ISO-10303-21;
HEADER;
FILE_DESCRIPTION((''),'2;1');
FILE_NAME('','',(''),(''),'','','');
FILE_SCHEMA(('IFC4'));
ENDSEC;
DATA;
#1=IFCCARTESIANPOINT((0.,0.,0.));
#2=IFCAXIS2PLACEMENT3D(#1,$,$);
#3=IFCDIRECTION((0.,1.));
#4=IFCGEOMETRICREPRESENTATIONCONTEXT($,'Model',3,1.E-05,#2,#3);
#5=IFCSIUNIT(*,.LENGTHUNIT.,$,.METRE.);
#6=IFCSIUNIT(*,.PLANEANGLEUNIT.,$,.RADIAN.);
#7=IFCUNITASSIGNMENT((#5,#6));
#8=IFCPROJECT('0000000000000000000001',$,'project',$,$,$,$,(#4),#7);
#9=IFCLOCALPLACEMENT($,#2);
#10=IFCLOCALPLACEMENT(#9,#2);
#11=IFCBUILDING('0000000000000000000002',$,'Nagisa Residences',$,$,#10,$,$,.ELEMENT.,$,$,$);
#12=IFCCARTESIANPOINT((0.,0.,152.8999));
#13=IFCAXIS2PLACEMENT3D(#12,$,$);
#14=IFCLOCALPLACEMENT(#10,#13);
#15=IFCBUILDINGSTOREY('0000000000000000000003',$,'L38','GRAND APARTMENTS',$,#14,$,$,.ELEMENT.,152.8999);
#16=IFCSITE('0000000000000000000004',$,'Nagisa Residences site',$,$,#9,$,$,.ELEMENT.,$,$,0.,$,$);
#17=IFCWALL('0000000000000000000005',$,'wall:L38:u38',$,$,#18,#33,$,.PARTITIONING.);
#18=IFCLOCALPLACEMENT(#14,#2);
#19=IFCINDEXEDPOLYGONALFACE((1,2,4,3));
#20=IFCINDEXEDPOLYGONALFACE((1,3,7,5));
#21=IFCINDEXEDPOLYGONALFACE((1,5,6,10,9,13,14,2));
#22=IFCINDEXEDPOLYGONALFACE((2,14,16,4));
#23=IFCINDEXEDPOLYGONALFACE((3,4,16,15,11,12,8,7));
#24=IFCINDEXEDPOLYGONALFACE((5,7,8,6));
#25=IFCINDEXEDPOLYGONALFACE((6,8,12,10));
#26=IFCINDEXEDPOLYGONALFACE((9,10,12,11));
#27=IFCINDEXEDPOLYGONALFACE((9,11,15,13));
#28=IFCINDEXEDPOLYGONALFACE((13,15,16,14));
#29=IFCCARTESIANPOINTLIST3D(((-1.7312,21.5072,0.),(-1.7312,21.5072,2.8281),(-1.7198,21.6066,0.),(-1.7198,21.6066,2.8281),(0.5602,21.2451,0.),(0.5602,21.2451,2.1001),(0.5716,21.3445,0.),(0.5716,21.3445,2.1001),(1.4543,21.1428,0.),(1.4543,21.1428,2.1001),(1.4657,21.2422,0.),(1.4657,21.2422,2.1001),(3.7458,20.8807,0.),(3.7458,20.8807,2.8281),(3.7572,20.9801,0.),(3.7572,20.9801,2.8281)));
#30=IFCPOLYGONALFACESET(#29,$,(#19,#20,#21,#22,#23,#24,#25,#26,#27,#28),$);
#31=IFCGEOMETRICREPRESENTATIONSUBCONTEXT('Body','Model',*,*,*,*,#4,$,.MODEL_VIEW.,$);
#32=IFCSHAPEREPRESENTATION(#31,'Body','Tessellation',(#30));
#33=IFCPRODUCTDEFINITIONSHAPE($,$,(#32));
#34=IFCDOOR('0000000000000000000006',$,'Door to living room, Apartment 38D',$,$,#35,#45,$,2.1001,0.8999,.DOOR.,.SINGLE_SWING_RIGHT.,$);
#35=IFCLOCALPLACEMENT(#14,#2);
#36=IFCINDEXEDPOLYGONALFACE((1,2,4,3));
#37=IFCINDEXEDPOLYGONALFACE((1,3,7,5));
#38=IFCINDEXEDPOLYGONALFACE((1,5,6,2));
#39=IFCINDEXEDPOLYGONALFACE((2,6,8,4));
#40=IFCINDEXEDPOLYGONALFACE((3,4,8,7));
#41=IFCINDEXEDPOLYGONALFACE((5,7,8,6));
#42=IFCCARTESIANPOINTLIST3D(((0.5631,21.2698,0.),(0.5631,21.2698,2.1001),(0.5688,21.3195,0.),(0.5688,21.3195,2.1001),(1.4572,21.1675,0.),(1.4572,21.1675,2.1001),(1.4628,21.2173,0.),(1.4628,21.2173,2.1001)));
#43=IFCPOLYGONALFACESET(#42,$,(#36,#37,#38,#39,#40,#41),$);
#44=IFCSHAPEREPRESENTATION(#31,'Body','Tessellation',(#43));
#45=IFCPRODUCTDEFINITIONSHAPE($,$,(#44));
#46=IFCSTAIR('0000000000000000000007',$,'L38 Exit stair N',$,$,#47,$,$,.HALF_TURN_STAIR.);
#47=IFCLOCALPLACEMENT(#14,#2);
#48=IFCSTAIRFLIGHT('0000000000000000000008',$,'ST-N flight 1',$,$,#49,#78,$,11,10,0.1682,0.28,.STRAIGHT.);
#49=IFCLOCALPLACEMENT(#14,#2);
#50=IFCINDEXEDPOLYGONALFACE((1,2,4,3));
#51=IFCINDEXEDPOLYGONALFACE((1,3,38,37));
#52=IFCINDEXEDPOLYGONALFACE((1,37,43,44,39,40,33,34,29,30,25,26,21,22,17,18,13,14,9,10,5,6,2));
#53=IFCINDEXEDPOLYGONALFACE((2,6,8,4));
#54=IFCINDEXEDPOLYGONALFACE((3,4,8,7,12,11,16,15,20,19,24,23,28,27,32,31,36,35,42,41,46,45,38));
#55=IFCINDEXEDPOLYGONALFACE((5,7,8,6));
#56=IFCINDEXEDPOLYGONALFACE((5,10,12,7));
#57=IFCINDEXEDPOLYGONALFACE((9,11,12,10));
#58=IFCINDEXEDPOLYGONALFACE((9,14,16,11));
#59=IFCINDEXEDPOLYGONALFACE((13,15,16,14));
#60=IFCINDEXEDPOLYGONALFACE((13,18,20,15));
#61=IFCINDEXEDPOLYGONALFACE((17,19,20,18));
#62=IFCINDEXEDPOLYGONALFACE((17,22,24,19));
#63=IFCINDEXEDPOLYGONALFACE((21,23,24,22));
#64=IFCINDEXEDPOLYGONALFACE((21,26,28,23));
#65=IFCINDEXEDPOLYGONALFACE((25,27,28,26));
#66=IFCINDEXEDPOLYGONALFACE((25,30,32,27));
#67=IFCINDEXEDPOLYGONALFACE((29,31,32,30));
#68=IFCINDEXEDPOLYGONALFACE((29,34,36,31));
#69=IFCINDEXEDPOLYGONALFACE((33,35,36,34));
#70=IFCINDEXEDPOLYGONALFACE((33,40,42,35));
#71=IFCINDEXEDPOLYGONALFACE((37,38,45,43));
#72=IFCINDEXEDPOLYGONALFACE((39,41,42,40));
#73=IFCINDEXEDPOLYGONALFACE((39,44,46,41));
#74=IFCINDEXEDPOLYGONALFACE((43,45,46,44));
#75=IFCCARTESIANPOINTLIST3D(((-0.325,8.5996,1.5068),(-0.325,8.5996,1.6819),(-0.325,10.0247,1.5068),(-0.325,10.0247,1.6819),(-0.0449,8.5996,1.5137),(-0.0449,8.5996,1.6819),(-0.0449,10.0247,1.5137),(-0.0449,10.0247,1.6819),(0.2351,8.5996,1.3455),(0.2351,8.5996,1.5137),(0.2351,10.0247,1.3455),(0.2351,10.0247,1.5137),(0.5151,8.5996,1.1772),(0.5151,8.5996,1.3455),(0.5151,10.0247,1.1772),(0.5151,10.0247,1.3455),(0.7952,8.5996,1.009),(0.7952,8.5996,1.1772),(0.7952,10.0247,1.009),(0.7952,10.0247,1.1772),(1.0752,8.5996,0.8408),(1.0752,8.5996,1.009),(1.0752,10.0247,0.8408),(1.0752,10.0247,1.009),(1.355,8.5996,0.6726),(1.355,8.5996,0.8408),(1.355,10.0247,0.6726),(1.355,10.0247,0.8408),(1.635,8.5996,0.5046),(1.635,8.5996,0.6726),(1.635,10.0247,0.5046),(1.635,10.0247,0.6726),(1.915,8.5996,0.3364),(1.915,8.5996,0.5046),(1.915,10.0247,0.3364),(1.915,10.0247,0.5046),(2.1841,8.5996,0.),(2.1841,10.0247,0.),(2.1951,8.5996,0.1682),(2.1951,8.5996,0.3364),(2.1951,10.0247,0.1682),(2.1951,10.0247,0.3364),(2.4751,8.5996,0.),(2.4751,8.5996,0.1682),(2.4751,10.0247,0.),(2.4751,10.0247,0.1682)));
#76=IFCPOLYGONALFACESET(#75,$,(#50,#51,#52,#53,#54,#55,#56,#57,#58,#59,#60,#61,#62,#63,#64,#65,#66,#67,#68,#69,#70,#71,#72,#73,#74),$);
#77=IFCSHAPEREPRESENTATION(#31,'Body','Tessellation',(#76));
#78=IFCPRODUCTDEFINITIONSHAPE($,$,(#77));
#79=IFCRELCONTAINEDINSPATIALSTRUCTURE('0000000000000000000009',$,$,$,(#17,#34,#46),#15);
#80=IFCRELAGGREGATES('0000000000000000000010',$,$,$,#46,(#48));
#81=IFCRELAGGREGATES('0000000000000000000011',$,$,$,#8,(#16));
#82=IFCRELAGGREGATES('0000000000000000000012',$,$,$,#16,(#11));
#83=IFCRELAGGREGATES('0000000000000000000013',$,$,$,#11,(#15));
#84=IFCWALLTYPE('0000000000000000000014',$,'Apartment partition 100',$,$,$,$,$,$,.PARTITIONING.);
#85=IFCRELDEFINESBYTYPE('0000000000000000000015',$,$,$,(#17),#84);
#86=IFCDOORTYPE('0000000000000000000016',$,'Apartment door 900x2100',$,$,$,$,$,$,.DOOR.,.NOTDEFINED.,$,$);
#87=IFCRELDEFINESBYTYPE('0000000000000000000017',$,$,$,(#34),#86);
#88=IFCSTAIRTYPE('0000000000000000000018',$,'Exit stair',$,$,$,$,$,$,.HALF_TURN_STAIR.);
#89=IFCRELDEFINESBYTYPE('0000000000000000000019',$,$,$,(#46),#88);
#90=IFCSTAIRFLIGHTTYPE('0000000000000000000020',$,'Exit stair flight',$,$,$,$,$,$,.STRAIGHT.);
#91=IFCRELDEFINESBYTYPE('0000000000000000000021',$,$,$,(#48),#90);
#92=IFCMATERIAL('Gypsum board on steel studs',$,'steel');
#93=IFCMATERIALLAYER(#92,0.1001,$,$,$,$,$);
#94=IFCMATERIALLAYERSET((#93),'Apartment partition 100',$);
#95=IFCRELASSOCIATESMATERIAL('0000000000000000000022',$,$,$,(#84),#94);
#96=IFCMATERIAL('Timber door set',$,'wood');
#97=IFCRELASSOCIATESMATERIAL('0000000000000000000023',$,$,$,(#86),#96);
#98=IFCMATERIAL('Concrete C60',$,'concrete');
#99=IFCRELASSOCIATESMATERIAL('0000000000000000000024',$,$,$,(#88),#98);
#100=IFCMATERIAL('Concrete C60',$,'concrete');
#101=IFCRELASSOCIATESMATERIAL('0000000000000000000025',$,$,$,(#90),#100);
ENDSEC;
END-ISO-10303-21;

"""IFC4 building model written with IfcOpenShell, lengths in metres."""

from ifc_helpers import new_model, si_unit, direction, frame, frame_2d, origin, place, context, subcontext, project, spatial, polyline, rectangle, outline, extrude, material, layer, layer_set, type_object, element, fill, aggregate, save


model = new_model("IFC4")

# Units and contexts
model_context = context("Model", 3, precision=1e-05, world=origin(), true_north=direction((0.0, 1.0)))
body_context = subcontext(model_context, "Body", "Model", "MODEL_VIEW")
ifc_project = project(units=[si_unit("LENGTHUNIT", "METRE"), si_unit("PLANEANGLEUNIT", "RADIAN")], contexts=[model_context])

# Site, building, storey
site_placement = place(None, origin())
site = spatial("IfcSite", under=ifc_project, at=site_placement, Name="Nagisa Residences site", CompositionType="ELEMENT", RefElevation=0.0)
building_placement = place(site_placement, origin())
building = spatial("IfcBuilding", under=site, at=building_placement, Name="Nagisa Residences", CompositionType="ELEMENT")
storey_placement = place(building_placement, frame((0.0, 0.0, 152.8999)))
storey = spatial("IfcBuildingStorey", under=building, at=storey_placement, Name="L38", Description="GRAND APARTMENTS", CompositionType="ELEMENT", Elevation=152.8999)

# Shared definitions
ifc_material_1 = material(Name="Gypsum board on steel studs", Category="steel")
ifc_layer_1 = layer(ifc_material_1, 0.1001)
ifc_layer_set_1 = layer_set([ifc_layer_1], Name="Apartment partition 100")
wall_type_1 = type_object("IfcWallType", Name="Apartment partition 100", PredefinedType="PARTITIONING", material=ifc_layer_set_1)

# Shared definitions
ifc_material_2 = material(Name="Timber door set", Category="wood")
door_type_1 = type_object("IfcDoorType", Name="Apartment door 900x2100", OperationType="NOTDEFINED", PredefinedType="DOOR", material=ifc_material_2)

# Wall, opening, door
wall_1_placement = place(storey_placement, frame((3.7515, 20.9304, 0.0), z_axis=(0.0, 0.0, 1.0), x_axis=(-0.993522, 0.113639, 0.0)))
wall_1 = element("IfcWall", 1, at=wall_1_placement, inside=storey, type_object=wall_type_1, Name="wall:L38:u38", PredefinedType="PARTITIONING", context=body_context, shape_type="SweptSolid", body=[
    extrude(rectangle(XDim=5.5127, YDim=0.1001, at=frame_2d((2.7563, 0.0))), origin(), (0.0, 0.0, 1.0), 2.8281),
])
opening_1_placement = place(wall_1_placement, frame((2.3064, 0.0, 0.0)))
opening_1 = element("IfcOpeningElement", 2, at=opening_1_placement, cuts=wall_1, PredefinedType="OPENING", context=body_context, shape_type="SweptSolid", body=[
    extrude(rectangle(XDim=0.8999, YDim=2.1001, at=frame_2d((0.45, 1.05))), frame((0.0, 0.0601, 0.0), z_axis=(0.0, -1.0, 0.0), x_axis=(1.0, 0.0, 0.0)), (0.0, 0.0, 1.0), 0.1201),
])
door_1_placement = place(opening_1_placement, frame((0.8999, 0.0, 0.0), x_axis=(-1.0, 0.0, 0.0)))
door_1 = element("IfcDoor", 3, at=door_1_placement, inside=storey, type_object=door_type_1, Name="Door to living room, Apartment 38D", OperationType="SINGLE_SWING_RIGHT", OverallHeight=2.1001, OverallWidth=0.8999, PredefinedType="DOOR", context=body_context, shape_type="SweptSolid", body=[
    extrude(rectangle(XDim=0.8999, YDim=2.1001, at=frame_2d((0.45, 1.05))), frame((0.0, 0.0249, 0.0), z_axis=(0.0, -1.0, 0.0), x_axis=(1.0, 0.0, 0.0)), (0.0, 0.0, 1.0), 0.05),
])
fill(opening_1, door_1)

# Stair, stair flight
ifc_material_3 = material(Name="Concrete C60", Category="concrete")
stair_type = type_object("IfcStairType", Name="Exit stair", PredefinedType="HALF_TURN_STAIR", material=ifc_material_3)
stair_placement = place(storey_placement, origin())
stair = element("IfcStair", 4, at=stair_placement, inside=storey, type_object=stair_type, Name="L38 Exit stair N", PredefinedType="HALF_TURN_STAIR")
ifc_material_4 = material(Name="Concrete C60", Category="concrete")
stair_flight_type = type_object("IfcStairFlightType", Name="Exit stair flight", PredefinedType="STRAIGHT", material=ifc_material_4)
stair_flight_placement = place(storey_placement, frame((2.4751, 9.312, 0.0), z_axis=(0.0, 0.0, 1.0), x_axis=(-1.0, 0.0, 0.0)))
stair_flight = element("IfcStairFlight", 5, at=stair_flight_placement, type_object=stair_flight_type, Name="ST-N flight 1", NumberOfRisers=11, NumberOfTreads=10, PredefinedType="STRAIGHT", RiserHeight=0.1682, TreadLength=0.28, context=body_context, shape_type="SweptSolid", body=[
    extrude(outline(polyline([(0.0, 0.0), (0.0, 0.1682), (0.28, 0.1682), (0.28, 0.3364), (0.5601, 0.3364), (0.5601, 0.5046), (0.8401, 0.5046), (0.8401, 0.6726), (1.1201, 0.6726), (1.1201, 0.8408), (1.3999, 0.8408), (1.3999, 1.009), (1.6799, 1.009), (1.6799, 1.1772), (1.96, 1.1772), (1.96, 1.3455), (2.24, 1.3455), (2.24, 1.5137), (2.52, 1.5137), (2.52, 1.6819), (2.8, 1.6819), (2.8, 1.8501), (2.8, 1.5068), (0.291, 0.0), (0.0, 0.0)])), frame((0.0, 0.7124, 0.0), z_axis=(0.0, -1.0, 0.0), x_axis=(1.0, 0.0, 0.0)), (0.0, 0.0, 1.0), 1.425),
])
aggregate(stair, [stair_flight])

save(model, "model.ifc")
